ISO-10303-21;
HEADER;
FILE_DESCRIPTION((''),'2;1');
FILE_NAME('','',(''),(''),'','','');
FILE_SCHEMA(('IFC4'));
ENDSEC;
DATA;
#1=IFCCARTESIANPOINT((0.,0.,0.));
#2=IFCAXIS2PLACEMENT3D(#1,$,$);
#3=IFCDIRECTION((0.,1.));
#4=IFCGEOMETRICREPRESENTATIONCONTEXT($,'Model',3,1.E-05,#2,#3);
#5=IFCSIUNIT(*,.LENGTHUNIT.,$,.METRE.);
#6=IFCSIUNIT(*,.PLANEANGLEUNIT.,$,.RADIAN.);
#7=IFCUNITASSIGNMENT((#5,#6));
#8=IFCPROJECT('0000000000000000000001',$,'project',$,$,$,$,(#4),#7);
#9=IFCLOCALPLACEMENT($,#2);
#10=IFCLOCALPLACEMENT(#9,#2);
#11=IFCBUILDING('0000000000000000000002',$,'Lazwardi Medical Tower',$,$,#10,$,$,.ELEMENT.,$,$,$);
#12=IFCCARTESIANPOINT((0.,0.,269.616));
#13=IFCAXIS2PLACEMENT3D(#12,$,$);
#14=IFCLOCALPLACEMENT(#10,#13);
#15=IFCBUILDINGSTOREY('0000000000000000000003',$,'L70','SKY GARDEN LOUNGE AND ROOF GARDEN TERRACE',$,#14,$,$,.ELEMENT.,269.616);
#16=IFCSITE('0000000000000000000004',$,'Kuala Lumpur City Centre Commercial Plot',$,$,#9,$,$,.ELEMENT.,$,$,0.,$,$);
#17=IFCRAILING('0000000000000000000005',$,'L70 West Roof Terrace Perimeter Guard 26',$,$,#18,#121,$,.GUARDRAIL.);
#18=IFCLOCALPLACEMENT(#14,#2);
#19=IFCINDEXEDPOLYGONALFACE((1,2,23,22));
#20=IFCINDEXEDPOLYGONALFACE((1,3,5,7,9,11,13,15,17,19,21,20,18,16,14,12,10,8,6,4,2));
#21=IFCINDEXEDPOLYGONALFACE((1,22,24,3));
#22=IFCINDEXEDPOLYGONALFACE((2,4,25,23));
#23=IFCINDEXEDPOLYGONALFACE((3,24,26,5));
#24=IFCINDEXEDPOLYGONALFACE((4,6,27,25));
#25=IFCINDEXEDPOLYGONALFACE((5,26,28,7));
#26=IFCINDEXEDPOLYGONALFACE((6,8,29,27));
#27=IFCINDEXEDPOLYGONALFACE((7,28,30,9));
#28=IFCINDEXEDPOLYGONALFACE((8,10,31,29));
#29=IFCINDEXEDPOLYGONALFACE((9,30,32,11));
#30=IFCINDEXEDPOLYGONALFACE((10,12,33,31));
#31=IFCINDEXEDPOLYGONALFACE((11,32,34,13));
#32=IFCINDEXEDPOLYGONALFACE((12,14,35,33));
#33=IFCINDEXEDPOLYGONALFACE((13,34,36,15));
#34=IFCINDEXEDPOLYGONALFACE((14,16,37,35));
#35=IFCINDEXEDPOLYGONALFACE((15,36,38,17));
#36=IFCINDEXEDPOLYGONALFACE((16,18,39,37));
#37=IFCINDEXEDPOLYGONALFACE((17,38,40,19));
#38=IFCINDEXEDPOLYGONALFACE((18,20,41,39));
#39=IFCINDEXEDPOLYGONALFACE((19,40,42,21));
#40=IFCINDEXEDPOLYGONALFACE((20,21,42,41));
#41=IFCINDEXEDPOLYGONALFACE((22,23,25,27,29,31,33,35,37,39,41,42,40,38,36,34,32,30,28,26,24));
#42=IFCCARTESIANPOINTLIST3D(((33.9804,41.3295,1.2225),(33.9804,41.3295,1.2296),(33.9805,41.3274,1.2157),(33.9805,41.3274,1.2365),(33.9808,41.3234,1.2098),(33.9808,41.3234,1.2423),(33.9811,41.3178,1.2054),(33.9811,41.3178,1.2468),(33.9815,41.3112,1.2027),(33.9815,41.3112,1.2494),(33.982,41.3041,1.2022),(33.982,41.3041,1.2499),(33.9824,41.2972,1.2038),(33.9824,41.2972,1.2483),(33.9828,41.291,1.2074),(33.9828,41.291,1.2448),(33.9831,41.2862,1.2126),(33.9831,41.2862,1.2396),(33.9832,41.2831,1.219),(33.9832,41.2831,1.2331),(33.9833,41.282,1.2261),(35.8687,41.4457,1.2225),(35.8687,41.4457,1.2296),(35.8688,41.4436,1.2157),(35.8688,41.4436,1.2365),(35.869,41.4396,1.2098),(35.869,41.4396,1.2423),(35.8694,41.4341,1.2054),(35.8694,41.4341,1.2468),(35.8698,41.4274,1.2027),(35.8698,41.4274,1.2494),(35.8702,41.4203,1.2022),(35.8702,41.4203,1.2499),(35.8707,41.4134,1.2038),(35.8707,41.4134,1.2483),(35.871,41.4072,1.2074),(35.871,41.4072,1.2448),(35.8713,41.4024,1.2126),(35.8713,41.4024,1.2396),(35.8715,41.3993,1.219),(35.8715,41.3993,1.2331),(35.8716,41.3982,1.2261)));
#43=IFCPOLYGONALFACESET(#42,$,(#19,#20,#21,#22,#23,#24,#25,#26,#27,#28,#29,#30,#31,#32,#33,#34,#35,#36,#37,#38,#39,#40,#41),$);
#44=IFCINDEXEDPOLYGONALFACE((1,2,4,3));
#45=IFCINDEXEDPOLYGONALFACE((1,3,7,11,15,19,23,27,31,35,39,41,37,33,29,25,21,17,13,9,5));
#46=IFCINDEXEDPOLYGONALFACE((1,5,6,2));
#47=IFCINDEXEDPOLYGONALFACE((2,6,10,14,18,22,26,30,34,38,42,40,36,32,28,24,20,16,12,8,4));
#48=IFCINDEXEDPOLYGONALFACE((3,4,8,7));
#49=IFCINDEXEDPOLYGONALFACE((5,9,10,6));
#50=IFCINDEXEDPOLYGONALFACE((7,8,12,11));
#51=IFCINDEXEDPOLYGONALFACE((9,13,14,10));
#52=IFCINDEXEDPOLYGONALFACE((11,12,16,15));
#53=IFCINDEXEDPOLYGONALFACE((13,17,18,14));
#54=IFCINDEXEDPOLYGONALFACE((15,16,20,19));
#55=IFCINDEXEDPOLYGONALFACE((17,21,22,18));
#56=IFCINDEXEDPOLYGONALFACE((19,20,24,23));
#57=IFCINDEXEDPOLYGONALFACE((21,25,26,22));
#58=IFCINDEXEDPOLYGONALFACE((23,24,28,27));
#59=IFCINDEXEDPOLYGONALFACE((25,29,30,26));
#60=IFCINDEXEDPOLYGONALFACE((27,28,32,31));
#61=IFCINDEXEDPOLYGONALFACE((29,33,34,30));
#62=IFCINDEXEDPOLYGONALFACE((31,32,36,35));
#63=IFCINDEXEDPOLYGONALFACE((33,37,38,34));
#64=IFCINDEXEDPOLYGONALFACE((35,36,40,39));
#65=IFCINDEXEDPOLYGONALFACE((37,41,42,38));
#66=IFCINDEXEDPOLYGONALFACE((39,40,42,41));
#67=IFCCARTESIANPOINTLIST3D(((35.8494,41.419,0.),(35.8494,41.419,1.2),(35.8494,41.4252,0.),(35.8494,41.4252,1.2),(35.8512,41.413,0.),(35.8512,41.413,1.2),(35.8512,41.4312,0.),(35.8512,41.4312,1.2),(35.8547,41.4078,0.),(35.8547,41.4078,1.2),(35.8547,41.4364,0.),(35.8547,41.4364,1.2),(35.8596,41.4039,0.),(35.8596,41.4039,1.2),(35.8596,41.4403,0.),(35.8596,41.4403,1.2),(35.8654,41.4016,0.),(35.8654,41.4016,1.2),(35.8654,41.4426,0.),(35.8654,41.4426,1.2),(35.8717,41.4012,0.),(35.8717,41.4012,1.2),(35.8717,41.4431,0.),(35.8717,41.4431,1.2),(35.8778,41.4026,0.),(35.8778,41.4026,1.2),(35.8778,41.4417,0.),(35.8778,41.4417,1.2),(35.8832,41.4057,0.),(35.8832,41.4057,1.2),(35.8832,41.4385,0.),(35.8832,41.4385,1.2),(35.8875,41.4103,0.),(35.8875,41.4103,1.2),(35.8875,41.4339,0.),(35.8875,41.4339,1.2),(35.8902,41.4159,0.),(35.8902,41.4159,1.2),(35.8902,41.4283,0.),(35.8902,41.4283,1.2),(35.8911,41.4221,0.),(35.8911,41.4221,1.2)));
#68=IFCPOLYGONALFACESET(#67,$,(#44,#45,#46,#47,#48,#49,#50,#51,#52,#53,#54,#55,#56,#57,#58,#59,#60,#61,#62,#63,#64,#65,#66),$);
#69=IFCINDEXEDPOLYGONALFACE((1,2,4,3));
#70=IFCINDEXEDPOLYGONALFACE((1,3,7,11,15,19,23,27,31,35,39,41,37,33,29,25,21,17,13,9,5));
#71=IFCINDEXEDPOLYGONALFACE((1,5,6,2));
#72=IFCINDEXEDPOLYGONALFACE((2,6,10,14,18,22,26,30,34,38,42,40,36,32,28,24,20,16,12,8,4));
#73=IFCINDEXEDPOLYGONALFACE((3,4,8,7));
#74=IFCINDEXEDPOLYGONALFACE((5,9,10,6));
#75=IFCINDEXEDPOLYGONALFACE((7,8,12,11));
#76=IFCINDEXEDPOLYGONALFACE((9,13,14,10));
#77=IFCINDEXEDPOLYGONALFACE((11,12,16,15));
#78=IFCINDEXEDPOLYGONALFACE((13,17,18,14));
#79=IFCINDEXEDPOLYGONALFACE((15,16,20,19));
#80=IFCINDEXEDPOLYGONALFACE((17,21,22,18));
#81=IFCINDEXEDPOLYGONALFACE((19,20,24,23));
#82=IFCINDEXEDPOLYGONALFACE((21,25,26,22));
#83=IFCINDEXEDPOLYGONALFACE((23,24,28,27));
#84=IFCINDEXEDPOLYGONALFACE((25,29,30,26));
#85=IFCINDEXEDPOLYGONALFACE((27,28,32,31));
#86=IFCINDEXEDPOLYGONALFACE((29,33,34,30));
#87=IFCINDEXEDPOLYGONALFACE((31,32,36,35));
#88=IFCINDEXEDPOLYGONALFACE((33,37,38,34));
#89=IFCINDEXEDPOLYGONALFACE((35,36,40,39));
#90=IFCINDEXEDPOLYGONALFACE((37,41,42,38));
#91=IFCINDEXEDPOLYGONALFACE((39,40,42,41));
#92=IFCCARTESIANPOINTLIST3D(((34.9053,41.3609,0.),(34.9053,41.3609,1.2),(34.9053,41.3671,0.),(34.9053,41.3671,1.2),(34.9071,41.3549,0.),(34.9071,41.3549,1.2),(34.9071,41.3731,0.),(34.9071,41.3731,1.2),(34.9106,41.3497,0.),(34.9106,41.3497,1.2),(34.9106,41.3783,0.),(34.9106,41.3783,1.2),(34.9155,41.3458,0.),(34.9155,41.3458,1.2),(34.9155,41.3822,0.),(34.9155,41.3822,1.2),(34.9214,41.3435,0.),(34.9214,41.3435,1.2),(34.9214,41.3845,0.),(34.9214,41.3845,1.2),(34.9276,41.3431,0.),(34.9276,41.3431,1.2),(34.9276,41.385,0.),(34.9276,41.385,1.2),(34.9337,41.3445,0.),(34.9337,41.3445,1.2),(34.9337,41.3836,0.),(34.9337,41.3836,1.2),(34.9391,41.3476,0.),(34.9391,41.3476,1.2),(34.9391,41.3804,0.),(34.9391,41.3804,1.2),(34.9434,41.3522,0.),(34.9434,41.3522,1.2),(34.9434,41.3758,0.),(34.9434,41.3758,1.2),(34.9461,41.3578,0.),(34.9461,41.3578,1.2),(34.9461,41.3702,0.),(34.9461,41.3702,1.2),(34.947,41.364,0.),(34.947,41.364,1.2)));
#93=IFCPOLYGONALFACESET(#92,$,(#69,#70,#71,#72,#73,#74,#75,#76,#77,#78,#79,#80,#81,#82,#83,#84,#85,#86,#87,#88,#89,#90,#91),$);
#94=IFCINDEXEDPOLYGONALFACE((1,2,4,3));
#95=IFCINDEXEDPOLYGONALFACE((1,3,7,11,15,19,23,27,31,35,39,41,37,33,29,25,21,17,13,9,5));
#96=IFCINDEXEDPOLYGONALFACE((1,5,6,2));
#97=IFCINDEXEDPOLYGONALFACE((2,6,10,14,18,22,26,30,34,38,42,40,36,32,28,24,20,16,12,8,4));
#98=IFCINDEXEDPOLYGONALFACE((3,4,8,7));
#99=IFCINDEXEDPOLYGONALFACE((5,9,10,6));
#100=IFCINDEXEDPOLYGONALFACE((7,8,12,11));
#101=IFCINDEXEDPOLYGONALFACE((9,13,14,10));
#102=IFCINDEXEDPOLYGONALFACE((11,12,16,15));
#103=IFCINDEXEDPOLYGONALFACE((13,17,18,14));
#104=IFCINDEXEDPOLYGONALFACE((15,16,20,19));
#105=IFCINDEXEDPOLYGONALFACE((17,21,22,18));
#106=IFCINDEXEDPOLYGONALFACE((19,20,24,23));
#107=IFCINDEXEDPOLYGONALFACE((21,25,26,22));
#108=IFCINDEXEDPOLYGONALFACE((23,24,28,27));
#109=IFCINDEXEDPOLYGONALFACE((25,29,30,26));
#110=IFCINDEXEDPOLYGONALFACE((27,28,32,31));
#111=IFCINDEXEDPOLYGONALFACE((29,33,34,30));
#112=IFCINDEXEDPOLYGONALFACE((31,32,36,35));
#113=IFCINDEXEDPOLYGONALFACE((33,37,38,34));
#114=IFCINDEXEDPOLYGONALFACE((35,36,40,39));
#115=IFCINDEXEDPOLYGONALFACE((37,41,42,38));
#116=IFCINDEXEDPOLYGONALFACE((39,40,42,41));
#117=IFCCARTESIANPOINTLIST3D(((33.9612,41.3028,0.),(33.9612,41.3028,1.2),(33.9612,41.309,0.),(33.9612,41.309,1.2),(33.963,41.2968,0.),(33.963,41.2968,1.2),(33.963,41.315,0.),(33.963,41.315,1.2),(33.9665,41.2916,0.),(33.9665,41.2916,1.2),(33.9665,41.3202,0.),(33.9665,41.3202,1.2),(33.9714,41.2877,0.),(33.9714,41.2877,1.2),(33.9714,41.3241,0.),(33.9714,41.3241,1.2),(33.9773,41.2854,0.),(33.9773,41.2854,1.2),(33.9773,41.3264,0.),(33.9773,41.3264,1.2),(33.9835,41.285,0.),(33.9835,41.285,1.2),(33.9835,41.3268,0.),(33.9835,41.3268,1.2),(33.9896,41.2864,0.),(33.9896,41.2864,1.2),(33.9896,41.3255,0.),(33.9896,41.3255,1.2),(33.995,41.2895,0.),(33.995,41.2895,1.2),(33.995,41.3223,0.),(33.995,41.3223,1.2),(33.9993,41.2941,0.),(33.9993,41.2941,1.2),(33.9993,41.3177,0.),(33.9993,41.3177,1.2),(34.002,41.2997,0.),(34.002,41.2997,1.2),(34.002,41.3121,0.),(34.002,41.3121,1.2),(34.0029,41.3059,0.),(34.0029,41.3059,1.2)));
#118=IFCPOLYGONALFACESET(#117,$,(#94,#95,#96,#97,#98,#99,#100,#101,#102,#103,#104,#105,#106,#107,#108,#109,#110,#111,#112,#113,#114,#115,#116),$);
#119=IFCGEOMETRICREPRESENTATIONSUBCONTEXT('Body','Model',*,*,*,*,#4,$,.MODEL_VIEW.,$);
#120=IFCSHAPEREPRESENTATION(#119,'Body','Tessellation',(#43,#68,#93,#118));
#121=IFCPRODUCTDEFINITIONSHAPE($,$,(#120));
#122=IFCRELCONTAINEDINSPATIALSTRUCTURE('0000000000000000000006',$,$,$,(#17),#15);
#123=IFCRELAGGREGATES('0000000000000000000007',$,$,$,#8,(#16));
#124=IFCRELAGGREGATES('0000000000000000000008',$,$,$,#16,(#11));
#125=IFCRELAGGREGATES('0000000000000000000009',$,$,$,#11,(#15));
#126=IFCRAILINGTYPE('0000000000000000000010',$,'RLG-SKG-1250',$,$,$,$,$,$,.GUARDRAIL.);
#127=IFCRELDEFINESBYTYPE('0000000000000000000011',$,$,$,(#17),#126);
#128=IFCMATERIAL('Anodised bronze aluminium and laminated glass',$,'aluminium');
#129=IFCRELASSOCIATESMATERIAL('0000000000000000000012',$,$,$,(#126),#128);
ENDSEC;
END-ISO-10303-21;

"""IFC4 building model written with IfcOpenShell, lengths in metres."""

from ifc_helpers import new_model, si_unit, direction, frame, origin, origin_2d, place, context, subcontext, project, spatial, circle, extrude, material, type_object, element, save


model = new_model("IFC4")

# Units and contexts
model_context = context("Model", 3, precision=1e-05, world=origin(), true_north=direction((0.0, 1.0)))
body_context = subcontext(model_context, "Body", "Model", "MODEL_VIEW")
ifc_project = project(units=[si_unit("LENGTHUNIT", "METRE"), si_unit("PLANEANGLEUNIT", "RADIAN")], contexts=[model_context])

# Site, building, storey
site_placement = place(None, origin())
site = spatial("IfcSite", under=ifc_project, at=site_placement, Name="Kuala Lumpur City Centre Commercial Plot", CompositionType="ELEMENT", RefElevation=0.0)
building_placement = place(site_placement, origin())
building = spatial("IfcBuilding", under=site, at=building_placement, Name="Lazwardi Medical Tower", CompositionType="ELEMENT")
storey_placement = place(building_placement, frame((0.0, 0.0, 269.616)))
storey = spatial("IfcBuildingStorey", under=building, at=storey_placement, Name="L70", Description="SKY GARDEN LOUNGE AND ROOF GARDEN TERRACE", CompositionType="ELEMENT", Elevation=269.616)

# Railing
ifc_material_1 = material(Name="Anodised bronze aluminium and laminated glass", Category="aluminium")
railing_type = type_object("IfcRailingType", Name="RLG-SKG-1250", PredefinedType="GUARDRAIL", material=ifc_material_1)
railing_1_placement = place(storey_placement, frame((35.8701, 41.4221, 0.0)))
element("IfcRailing", 1, at=railing_1_placement, inside=storey, type_object=railing_type, Name="L70 West Roof Terrace Perimeter Guard 26", PredefinedType="GUARDRAIL", context=body_context, shape_type="SweptSolid", body=[
    extrude(circle(Radius=0.0239, at=origin_2d()), frame((0.0, 0.0, 1.2261), z_axis=(-0.998111, -0.06143, 0.0), x_axis=(0.06143, -0.998111, 0.0)), (0.0, 0.0, 1.0), 1.8918),
    extrude(circle(Radius=0.021, at=origin_2d()), origin(), (0.0, 0.0, 1.0), 1.2),
    extrude(circle(Radius=0.021, at=origin_2d()), frame((-0.9441, -0.0581, 0.0)), (0.0, 0.0, 1.0), 1.2),
    extrude(circle(Radius=0.021, at=origin_2d()), frame((-1.8882, -0.1162, 0.0)), (0.0, 0.0, 1.0), 1.2),
])

save(model, "model.ifc")
